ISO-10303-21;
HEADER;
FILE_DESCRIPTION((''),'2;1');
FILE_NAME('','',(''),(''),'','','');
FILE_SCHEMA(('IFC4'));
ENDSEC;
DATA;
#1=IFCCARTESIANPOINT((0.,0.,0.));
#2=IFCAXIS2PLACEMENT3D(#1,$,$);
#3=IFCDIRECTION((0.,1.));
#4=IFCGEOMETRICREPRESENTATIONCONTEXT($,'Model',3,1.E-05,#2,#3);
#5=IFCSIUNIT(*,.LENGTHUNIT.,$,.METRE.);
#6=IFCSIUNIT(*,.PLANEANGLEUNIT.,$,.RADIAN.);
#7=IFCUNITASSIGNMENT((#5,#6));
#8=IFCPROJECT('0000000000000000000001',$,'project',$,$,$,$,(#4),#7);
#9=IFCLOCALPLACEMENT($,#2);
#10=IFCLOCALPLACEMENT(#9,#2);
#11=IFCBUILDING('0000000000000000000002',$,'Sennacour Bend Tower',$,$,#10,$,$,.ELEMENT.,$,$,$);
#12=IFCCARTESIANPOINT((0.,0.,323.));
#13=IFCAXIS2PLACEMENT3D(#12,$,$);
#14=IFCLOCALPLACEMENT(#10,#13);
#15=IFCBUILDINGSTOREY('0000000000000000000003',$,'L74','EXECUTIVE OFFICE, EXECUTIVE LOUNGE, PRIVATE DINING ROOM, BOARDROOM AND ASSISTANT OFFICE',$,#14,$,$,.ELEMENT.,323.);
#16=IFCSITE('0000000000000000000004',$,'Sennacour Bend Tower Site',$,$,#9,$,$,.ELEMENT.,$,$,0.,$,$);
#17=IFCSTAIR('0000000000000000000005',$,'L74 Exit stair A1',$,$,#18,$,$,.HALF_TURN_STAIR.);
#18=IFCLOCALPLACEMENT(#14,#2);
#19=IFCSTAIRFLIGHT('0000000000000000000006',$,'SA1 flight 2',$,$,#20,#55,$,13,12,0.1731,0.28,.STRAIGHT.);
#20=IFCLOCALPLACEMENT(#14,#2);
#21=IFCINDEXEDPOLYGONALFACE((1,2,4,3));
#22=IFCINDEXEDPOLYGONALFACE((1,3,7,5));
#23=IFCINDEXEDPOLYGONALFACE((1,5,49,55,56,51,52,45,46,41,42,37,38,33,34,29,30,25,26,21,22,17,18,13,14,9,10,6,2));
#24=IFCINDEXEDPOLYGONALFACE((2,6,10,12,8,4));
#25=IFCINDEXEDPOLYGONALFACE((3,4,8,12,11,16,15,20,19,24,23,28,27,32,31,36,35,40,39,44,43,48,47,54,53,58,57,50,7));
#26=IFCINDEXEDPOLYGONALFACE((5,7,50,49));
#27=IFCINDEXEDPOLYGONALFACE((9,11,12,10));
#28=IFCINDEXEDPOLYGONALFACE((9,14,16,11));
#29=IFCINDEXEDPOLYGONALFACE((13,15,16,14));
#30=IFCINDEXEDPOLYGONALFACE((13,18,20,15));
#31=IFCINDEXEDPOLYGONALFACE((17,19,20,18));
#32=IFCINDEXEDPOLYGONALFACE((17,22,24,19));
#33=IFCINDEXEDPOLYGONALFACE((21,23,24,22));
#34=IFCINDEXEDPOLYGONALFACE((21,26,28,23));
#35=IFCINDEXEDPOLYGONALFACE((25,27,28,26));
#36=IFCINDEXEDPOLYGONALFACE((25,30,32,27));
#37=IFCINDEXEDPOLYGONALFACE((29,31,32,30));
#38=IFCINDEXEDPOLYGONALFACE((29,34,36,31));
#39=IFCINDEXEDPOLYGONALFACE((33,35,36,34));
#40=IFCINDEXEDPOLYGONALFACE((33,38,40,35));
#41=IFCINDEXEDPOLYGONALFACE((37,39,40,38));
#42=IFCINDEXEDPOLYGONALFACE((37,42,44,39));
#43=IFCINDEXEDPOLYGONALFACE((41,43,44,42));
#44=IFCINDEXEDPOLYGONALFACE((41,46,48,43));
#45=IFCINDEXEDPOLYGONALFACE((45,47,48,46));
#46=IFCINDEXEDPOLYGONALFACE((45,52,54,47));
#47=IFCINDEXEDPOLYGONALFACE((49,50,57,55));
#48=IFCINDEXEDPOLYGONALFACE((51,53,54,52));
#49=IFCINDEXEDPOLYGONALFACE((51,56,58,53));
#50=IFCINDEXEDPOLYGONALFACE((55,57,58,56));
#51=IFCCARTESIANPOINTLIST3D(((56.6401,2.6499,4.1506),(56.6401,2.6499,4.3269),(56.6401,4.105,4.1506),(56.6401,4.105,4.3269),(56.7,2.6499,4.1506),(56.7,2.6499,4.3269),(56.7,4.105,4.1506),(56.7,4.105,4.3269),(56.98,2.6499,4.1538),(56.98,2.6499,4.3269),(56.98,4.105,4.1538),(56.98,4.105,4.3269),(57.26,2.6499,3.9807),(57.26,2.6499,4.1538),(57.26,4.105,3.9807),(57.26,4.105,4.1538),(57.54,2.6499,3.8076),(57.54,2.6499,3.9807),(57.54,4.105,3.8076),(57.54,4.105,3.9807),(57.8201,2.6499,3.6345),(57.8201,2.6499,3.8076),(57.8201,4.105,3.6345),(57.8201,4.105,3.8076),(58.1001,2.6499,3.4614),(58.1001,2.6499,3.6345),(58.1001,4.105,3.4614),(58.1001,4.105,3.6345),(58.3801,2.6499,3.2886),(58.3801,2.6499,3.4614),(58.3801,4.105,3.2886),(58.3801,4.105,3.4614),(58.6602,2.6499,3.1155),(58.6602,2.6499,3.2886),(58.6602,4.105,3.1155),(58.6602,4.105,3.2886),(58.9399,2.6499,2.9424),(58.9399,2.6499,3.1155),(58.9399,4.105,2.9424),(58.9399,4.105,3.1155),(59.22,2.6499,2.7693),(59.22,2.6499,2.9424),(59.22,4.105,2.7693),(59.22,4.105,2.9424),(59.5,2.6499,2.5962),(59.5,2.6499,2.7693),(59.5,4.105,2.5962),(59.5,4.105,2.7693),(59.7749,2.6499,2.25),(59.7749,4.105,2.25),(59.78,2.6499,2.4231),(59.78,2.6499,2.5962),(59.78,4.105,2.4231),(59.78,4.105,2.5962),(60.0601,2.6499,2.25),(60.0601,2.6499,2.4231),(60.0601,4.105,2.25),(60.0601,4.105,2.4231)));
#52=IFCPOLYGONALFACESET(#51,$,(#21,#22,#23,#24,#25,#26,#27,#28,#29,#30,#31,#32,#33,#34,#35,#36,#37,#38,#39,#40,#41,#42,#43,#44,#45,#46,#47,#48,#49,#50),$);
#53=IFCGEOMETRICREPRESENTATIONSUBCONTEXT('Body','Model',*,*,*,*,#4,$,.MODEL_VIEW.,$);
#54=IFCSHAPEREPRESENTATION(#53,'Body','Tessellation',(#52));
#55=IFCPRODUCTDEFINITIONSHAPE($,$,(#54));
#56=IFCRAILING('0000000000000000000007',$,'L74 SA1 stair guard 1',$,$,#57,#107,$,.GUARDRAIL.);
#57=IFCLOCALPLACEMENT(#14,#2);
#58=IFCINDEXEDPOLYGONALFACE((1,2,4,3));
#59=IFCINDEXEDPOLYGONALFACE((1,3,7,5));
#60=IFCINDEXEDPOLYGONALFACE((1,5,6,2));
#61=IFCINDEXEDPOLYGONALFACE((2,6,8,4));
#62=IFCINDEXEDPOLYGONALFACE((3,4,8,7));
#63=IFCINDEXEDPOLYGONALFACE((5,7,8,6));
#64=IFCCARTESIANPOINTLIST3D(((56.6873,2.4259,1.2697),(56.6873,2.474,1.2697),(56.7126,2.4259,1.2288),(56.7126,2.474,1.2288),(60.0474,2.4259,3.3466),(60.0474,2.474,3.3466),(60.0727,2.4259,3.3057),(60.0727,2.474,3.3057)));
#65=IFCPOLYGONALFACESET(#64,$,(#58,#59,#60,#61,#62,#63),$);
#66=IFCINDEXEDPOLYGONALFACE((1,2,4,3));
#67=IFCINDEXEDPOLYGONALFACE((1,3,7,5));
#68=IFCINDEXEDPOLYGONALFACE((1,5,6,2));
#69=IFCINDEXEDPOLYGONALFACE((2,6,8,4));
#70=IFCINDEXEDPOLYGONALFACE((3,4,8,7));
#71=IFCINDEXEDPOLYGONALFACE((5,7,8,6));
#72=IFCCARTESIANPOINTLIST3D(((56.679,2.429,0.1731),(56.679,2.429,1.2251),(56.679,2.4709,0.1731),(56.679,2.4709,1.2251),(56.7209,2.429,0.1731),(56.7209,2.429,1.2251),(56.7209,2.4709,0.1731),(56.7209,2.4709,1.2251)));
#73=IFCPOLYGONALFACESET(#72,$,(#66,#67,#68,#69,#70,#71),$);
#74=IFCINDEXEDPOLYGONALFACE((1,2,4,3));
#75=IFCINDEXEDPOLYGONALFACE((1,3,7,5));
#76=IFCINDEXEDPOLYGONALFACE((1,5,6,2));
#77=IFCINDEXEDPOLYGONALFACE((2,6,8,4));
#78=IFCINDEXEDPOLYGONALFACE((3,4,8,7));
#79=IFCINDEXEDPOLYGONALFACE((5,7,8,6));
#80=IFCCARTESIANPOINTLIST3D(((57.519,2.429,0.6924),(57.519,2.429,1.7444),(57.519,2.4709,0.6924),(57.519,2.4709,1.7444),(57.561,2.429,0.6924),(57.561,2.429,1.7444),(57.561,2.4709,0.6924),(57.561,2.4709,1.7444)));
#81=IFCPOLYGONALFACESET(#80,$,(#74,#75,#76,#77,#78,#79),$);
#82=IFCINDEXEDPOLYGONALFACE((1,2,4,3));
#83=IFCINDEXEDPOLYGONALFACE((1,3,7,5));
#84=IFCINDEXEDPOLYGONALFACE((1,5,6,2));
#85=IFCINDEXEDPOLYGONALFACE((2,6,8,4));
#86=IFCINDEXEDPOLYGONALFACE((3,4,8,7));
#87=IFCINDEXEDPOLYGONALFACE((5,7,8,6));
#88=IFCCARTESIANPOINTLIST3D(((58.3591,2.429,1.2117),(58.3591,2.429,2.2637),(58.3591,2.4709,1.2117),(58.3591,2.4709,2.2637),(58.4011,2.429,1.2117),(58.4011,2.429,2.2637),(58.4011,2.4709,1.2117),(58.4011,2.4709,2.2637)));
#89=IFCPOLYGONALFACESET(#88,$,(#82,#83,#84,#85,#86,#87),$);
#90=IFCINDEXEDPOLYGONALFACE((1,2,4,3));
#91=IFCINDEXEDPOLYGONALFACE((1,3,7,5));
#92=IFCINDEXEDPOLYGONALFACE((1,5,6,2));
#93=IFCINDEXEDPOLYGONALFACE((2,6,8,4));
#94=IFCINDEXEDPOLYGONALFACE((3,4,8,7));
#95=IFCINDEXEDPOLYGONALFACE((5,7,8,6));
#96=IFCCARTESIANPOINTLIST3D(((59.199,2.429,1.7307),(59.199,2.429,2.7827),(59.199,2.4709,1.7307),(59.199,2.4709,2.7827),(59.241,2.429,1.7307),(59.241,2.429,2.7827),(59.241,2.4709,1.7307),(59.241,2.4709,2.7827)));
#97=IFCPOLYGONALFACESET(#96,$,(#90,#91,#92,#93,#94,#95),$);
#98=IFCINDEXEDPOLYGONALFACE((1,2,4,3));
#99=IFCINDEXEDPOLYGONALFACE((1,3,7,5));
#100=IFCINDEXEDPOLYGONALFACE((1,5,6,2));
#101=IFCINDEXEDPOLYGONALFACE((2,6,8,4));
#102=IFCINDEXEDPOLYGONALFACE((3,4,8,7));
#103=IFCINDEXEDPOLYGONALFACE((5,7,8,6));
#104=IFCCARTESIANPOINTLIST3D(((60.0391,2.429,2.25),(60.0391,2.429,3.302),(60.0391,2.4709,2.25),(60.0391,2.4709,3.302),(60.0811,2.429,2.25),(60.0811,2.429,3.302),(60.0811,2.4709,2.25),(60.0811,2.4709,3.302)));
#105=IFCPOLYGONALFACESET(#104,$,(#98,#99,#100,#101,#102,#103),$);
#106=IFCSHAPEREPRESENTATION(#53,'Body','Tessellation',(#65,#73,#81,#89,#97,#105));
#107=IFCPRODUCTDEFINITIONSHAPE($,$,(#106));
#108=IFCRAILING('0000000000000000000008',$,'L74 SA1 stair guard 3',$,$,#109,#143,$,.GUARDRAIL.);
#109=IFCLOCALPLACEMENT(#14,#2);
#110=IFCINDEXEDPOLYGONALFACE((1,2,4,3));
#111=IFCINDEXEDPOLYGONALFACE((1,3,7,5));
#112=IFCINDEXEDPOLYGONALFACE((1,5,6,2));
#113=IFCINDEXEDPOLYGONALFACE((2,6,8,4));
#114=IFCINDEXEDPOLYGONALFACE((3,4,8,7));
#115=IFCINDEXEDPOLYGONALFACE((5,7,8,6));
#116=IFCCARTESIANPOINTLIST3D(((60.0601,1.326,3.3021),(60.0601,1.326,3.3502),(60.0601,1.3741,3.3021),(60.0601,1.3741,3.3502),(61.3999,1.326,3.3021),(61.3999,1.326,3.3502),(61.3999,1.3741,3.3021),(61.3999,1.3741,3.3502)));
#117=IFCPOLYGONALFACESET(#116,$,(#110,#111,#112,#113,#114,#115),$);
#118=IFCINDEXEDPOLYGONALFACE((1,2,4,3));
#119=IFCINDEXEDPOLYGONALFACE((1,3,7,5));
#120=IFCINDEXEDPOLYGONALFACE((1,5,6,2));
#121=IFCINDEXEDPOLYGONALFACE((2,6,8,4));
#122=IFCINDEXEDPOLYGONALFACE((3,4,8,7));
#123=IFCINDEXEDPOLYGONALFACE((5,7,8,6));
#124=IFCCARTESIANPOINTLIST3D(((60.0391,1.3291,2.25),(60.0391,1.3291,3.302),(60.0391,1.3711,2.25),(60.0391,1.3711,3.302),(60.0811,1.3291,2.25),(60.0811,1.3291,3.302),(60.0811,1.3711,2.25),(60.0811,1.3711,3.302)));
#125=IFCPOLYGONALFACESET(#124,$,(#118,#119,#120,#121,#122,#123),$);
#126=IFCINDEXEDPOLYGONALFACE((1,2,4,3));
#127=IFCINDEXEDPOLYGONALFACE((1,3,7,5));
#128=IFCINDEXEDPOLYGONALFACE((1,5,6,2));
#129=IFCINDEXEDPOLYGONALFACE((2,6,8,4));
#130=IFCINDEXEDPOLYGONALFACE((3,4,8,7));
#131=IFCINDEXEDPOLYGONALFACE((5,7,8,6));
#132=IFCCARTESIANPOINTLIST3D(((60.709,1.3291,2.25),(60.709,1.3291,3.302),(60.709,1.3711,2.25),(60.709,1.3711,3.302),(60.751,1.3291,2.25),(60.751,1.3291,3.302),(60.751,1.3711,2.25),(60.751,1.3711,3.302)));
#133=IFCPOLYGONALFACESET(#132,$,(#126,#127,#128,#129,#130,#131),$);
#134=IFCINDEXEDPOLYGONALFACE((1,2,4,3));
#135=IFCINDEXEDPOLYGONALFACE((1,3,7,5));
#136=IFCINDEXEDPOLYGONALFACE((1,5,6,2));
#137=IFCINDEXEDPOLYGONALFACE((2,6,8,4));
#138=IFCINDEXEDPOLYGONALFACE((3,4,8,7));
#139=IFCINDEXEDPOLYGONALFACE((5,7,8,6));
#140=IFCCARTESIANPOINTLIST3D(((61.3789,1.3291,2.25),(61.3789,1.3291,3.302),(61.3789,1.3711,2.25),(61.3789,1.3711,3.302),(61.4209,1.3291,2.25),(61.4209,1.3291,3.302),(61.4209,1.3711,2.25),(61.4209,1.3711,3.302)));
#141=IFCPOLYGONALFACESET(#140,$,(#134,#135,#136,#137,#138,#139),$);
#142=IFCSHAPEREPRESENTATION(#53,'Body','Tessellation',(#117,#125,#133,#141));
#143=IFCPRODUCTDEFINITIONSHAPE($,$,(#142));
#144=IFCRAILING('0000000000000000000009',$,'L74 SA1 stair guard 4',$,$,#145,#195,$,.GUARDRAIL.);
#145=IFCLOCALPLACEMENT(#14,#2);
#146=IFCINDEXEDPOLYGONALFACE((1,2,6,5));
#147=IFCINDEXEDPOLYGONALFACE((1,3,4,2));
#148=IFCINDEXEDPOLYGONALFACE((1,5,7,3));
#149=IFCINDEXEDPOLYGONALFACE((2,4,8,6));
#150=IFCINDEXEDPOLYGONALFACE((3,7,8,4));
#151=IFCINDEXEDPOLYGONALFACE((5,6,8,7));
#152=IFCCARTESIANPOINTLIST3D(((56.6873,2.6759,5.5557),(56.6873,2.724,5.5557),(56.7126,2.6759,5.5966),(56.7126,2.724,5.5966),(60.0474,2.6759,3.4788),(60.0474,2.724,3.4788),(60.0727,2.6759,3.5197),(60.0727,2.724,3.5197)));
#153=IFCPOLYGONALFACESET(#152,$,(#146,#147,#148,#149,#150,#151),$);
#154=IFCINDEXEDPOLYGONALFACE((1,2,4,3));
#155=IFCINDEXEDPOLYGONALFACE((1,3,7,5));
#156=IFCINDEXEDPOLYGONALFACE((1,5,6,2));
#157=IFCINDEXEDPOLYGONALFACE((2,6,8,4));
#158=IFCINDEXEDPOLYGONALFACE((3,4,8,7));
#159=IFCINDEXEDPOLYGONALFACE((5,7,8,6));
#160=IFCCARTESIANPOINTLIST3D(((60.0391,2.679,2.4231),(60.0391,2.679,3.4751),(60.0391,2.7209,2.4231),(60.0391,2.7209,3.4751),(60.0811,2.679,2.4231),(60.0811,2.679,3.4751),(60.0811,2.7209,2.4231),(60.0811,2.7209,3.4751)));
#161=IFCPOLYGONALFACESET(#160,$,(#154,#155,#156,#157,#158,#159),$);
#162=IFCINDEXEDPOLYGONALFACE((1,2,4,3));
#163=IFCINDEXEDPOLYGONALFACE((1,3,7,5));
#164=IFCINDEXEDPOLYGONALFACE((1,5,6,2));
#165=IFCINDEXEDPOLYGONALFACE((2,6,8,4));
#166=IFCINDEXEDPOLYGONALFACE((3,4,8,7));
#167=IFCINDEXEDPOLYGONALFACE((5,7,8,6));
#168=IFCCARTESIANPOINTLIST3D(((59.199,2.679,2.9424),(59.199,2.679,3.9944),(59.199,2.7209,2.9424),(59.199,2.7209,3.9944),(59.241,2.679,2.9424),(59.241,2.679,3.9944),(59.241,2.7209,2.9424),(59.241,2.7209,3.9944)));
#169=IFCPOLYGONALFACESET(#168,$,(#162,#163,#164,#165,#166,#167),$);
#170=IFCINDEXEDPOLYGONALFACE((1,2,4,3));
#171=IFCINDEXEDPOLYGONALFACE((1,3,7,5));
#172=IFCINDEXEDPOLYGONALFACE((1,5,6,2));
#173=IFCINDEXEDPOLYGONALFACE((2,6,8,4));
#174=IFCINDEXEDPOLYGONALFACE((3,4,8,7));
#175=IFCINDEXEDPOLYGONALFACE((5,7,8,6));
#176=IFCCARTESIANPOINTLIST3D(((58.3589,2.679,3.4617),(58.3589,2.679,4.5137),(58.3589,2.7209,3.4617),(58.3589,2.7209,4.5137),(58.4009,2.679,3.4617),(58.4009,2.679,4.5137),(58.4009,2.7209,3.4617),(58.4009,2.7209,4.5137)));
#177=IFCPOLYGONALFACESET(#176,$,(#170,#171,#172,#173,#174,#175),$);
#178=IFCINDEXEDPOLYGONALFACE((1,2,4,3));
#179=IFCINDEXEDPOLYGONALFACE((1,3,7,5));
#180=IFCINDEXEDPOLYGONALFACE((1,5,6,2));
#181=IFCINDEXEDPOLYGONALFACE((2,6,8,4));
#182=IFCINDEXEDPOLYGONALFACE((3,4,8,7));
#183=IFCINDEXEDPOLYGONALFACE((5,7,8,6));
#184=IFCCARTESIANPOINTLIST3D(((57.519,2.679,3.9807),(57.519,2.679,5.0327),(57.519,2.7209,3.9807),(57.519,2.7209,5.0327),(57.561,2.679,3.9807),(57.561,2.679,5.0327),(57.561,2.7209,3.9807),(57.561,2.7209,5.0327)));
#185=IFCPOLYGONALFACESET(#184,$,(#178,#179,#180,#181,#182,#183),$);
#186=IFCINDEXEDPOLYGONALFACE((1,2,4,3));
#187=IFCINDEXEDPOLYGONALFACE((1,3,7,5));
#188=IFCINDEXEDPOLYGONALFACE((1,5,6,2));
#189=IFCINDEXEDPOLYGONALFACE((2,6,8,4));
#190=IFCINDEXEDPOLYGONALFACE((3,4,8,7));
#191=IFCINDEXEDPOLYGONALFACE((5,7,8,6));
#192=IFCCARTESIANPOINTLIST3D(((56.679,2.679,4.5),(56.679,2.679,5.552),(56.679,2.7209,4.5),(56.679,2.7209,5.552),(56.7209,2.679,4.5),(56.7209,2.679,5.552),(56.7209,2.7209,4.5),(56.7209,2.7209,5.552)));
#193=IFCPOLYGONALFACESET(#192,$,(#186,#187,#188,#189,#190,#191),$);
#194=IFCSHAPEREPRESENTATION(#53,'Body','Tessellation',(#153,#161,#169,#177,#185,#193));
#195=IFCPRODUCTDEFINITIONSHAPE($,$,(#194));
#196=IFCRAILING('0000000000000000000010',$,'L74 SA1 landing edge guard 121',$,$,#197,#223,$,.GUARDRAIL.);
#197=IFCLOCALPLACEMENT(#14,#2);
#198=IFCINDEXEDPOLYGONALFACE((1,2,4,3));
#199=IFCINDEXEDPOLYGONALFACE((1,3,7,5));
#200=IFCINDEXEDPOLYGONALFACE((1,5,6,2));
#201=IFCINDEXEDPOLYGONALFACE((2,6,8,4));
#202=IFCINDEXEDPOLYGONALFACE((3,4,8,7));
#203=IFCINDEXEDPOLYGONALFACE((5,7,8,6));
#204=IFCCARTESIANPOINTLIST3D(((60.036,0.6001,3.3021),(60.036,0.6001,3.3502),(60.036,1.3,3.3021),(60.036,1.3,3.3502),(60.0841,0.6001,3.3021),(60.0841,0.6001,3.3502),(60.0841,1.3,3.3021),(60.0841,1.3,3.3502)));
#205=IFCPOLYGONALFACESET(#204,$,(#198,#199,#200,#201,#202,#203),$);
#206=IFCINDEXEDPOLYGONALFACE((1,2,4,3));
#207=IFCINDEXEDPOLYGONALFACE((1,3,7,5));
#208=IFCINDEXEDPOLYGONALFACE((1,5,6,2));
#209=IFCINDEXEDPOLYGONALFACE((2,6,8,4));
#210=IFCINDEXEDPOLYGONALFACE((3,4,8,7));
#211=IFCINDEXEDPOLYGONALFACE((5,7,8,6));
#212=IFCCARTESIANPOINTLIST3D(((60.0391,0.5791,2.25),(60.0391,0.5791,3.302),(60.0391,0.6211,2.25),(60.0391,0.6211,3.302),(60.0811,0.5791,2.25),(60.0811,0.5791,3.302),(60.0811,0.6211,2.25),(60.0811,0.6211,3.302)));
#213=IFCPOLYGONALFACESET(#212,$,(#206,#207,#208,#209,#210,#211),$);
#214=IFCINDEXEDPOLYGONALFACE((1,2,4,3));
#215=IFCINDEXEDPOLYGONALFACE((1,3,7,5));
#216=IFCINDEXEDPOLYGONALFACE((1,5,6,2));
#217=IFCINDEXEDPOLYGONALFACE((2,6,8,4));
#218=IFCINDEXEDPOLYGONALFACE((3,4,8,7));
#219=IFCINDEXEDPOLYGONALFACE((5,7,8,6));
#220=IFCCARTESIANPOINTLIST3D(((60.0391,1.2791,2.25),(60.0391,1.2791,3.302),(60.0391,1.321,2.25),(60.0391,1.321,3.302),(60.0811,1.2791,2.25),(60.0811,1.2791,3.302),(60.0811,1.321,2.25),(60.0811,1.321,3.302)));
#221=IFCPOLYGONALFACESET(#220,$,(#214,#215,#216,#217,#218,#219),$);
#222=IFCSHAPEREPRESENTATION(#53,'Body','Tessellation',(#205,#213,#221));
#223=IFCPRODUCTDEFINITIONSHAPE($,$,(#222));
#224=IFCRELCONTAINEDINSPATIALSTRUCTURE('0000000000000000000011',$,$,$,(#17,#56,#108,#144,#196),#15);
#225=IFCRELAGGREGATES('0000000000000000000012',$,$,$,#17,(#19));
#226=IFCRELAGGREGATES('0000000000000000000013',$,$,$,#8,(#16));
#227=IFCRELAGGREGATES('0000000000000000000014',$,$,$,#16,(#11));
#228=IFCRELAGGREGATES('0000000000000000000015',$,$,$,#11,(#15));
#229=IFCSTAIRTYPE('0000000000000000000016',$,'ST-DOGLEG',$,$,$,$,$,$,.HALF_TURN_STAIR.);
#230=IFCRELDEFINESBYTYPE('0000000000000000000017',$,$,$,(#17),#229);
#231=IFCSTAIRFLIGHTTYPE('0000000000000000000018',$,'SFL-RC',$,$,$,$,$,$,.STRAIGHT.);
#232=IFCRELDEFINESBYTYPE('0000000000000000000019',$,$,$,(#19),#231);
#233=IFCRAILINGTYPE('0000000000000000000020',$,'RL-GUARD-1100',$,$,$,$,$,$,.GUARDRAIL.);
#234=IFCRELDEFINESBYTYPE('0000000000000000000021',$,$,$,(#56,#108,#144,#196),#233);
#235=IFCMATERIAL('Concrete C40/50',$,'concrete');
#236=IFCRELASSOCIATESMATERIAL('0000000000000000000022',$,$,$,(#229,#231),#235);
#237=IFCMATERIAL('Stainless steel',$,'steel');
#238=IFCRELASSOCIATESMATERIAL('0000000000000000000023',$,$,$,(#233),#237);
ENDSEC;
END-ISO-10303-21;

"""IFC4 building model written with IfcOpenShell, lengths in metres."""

from ifc_helpers import new_model, si_unit, direction, frame, origin, origin_2d, place, context, subcontext, project, spatial, polyline, rectangle, outline, extrude, material, type_object, element, aggregate, save


model = new_model("IFC4")

# Units and contexts
model_context = context("Model", 3, precision=1e-05, world=origin(), true_north=direction((0.0, 1.0)))
body_context = subcontext(model_context, "Body", "Model", "MODEL_VIEW")
ifc_project = project(units=[si_unit("LENGTHUNIT", "METRE"), si_unit("PLANEANGLEUNIT", "RADIAN")], contexts=[model_context])

# Site, building, storey
site_placement = place(None, origin())
site = spatial("IfcSite", under=ifc_project, at=site_placement, Name="Sennacour Bend Tower Site", CompositionType="ELEMENT", RefElevation=0.0)
building_placement = place(site_placement, origin())
building = spatial("IfcBuilding", under=site, at=building_placement, Name="Sennacour Bend Tower", CompositionType="ELEMENT")
storey_placement = place(building_placement, frame((0.0, 0.0, 323.0)))
storey = spatial("IfcBuildingStorey", under=building, at=storey_placement, Name="L74", Description="EXECUTIVE OFFICE, EXECUTIVE LOUNGE, PRIVATE DINING ROOM, BOARDROOM AND ASSISTANT OFFICE", CompositionType="ELEMENT", Elevation=323.0)

# Shared definitions
ifc_material_1 = material(Name="Stainless steel", Category="steel")

# Stair, stair flight
ifc_material_2 = material(Name="Concrete C40/50", Category="concrete")
stair_type = type_object("IfcStairType", Name="ST-DOGLEG", PredefinedType="HALF_TURN_STAIR", material=ifc_material_2)
stair_placement = place(storey_placement, origin())
stair = element("IfcStair", 1, at=stair_placement, inside=storey, type_object=stair_type, Name="L74 Exit stair A1", PredefinedType="HALF_TURN_STAIR")
stair_flight_type = type_object("IfcStairFlightType", Name="SFL-RC", PredefinedType="STRAIGHT", material=ifc_material_2)
stair_flight_1_placement = place(storey_placement, frame((60.0601, 3.3774, 2.25), z_axis=(0.0, 0.0, 1.0), x_axis=(-1.0, 0.0, 0.0)))
stair_flight_1 = element("IfcStairFlight", 2, at=stair_flight_1_placement, type_object=stair_flight_type, Name="SA1 flight 2", NumberOfRisers=13, NumberOfTreads=12, PredefinedType="STRAIGHT", RiserHeight=0.1731, TreadLength=0.28, context=body_context, shape_type="SweptSolid", body=[
    extrude(outline(polyline([(0.0, 0.0), (0.0, 0.1731), (0.28, 0.1731), (0.28, 0.3462), (0.5601, 0.3462), (0.5601, 0.5193), (0.8401, 0.5193), (0.8401, 0.6924), (1.1201, 0.6924), (1.1201, 0.8655), (1.3999, 0.8655), (1.3999, 1.0386), (1.6799, 1.0386), (1.6799, 1.2114), (1.96, 1.2114), (1.96, 1.3845), (2.24, 1.3845), (2.24, 1.5576), (2.52, 1.5576), (2.52, 1.7307), (2.8, 1.7307), (2.8, 1.9038), (3.0801, 1.9038), (3.0801, 2.0769), (3.3601, 2.0769), (3.4199, 2.0769), (3.4199, 1.9006), (3.3601, 1.9006), (0.2852, 0.0), (0.0, 0.0)])), frame((0.0, 0.7275, 0.0), z_axis=(0.0, -1.0, 0.0), x_axis=(1.0, 0.0, 0.0)), (0.0, 0.0, 1.0), 1.4551),
])
aggregate(stair, [stair_flight_1])

# Railings
railing_type = type_object("IfcRailingType", Name="RL-GUARD-1100", PredefinedType="GUARDRAIL", material=ifc_material_1)
railing_1_placement = place(storey_placement, frame((56.7, 2.45, 0.1731)))
element("IfcRailing", 3, at=railing_1_placement, inside=storey, type_object=railing_type, Name="L74 SA1 stair guard 1", PredefinedType="GUARDRAIL", context=body_context, shape_type="SweptSolid", body=[
    extrude(rectangle(XDim=0.0481, YDim=0.0481, at=origin_2d()), frame((0.0, 0.0, 1.0762), z_axis=(0.850623, 0.0, 0.525776), x_axis=(0.0, 1.0, 0.0)), (0.0, 0.0, 1.0), 3.9502),
    extrude(rectangle(XDim=0.042, YDim=0.042, at=origin_2d()), origin(), (0.0, 0.0, 1.0), 1.052),
    extrude(rectangle(XDim=0.042, YDim=0.042, at=origin_2d()), frame((0.8401, 0.0, 0.5193)), (0.0, 0.0, 1.0), 1.052),
    extrude(rectangle(XDim=0.042, YDim=0.042, at=origin_2d()), frame((1.6802, 0.0, 1.0386)), (0.0, 0.0, 1.0), 1.052),
    extrude(rectangle(XDim=0.042, YDim=0.042, at=origin_2d()), frame((2.52, 0.0, 1.5576)), (0.0, 0.0, 1.0), 1.052),
    extrude(rectangle(XDim=0.042, YDim=0.042, at=origin_2d()), frame((3.3601, 0.0, 2.0769)), (0.0, 0.0, 1.0), 1.052),
])
railing_2_placement = place(storey_placement, frame((60.0601, 1.3501, 2.25)))
element("IfcRailing", 4, at=railing_2_placement, inside=storey, type_object=railing_type, Name="L74 SA1 stair guard 3", PredefinedType="GUARDRAIL", context=body_context, shape_type="SweptSolid", body=[
    extrude(rectangle(XDim=0.0481, YDim=0.0481, at=origin_2d()), frame((0.0, 0.0, 1.0762), z_axis=(1.0, 0.0, 0.0), x_axis=(0.0, 1.0, 0.0)), (0.0, 0.0, 1.0), 1.3398),
    extrude(rectangle(XDim=0.042, YDim=0.042, at=origin_2d()), origin(), (0.0, 0.0, 1.0), 1.052),
    extrude(rectangle(XDim=0.042, YDim=0.042, at=origin_2d()), frame((0.6699, 0.0, 0.0)), (0.0, 0.0, 1.0), 1.052),
    extrude(rectangle(XDim=0.042, YDim=0.042, at=origin_2d()), frame((1.3398, 0.0, 0.0)), (0.0, 0.0, 1.0), 1.052),
])
railing_3_placement = place(storey_placement, frame((60.0601, 2.7, 2.4231)))
element("IfcRailing", 5, at=railing_3_placement, inside=storey, type_object=railing_type, Name="L74 SA1 stair guard 4", PredefinedType="GUARDRAIL", context=body_context, shape_type="SweptSolid", body=[
    extrude(rectangle(XDim=0.0481, YDim=0.0481, at=origin_2d()), frame((0.0, 0.0, 1.0762), z_axis=(-0.850623, 0.0, 0.525776), x_axis=(0.0, -1.0, 0.0)), (0.0, 0.0, 1.0), 3.9502),
    extrude(rectangle(XDim=0.042, YDim=0.042, at=origin_2d()), origin(), (0.0, 0.0, 1.0), 1.052),
    extrude(rectangle(XDim=0.042, YDim=0.042, at=origin_2d()), frame((-0.8401, 0.0, 0.5193)), (0.0, 0.0, 1.0), 1.052),
    extrude(rectangle(XDim=0.042, YDim=0.042, at=origin_2d()), frame((-1.6802, 0.0, 1.0386)), (0.0, 0.0, 1.0), 1.052),
    extrude(rectangle(XDim=0.042, YDim=0.042, at=origin_2d()), frame((-2.52, 0.0, 1.5576)), (0.0, 0.0, 1.0), 1.052),
    extrude(rectangle(XDim=0.042, YDim=0.042, at=origin_2d()), frame((-3.3601, 0.0, 2.0769)), (0.0, 0.0, 1.0), 1.052),
])
railing_4_placement = place(storey_placement, frame((60.0601, 0.6001, 2.25)))
element("IfcRailing", 6, at=railing_4_placement, inside=storey, type_object=railing_type, Name="L74 SA1 landing edge guard 121", PredefinedType="GUARDRAIL", context=body_context, shape_type="SweptSolid", body=[
    extrude(rectangle(XDim=0.0481, YDim=0.0481, at=origin_2d()), frame((0.0, 0.0, 1.0762), z_axis=(0.0, 1.0, 0.0), x_axis=(-1.0, 0.0, 0.0)), (0.0, 0.0, 1.0), 0.7),
    extrude(rectangle(XDim=0.042, YDim=0.042, at=origin_2d()), origin(), (0.0, 0.0, 1.0), 1.052),
    extrude(rectangle(XDim=0.042, YDim=0.042, at=origin_2d()), frame((0.0, 0.7, 0.0)), (0.0, 0.0, 1.0), 1.052),
])

save(model, "model.ifc")
